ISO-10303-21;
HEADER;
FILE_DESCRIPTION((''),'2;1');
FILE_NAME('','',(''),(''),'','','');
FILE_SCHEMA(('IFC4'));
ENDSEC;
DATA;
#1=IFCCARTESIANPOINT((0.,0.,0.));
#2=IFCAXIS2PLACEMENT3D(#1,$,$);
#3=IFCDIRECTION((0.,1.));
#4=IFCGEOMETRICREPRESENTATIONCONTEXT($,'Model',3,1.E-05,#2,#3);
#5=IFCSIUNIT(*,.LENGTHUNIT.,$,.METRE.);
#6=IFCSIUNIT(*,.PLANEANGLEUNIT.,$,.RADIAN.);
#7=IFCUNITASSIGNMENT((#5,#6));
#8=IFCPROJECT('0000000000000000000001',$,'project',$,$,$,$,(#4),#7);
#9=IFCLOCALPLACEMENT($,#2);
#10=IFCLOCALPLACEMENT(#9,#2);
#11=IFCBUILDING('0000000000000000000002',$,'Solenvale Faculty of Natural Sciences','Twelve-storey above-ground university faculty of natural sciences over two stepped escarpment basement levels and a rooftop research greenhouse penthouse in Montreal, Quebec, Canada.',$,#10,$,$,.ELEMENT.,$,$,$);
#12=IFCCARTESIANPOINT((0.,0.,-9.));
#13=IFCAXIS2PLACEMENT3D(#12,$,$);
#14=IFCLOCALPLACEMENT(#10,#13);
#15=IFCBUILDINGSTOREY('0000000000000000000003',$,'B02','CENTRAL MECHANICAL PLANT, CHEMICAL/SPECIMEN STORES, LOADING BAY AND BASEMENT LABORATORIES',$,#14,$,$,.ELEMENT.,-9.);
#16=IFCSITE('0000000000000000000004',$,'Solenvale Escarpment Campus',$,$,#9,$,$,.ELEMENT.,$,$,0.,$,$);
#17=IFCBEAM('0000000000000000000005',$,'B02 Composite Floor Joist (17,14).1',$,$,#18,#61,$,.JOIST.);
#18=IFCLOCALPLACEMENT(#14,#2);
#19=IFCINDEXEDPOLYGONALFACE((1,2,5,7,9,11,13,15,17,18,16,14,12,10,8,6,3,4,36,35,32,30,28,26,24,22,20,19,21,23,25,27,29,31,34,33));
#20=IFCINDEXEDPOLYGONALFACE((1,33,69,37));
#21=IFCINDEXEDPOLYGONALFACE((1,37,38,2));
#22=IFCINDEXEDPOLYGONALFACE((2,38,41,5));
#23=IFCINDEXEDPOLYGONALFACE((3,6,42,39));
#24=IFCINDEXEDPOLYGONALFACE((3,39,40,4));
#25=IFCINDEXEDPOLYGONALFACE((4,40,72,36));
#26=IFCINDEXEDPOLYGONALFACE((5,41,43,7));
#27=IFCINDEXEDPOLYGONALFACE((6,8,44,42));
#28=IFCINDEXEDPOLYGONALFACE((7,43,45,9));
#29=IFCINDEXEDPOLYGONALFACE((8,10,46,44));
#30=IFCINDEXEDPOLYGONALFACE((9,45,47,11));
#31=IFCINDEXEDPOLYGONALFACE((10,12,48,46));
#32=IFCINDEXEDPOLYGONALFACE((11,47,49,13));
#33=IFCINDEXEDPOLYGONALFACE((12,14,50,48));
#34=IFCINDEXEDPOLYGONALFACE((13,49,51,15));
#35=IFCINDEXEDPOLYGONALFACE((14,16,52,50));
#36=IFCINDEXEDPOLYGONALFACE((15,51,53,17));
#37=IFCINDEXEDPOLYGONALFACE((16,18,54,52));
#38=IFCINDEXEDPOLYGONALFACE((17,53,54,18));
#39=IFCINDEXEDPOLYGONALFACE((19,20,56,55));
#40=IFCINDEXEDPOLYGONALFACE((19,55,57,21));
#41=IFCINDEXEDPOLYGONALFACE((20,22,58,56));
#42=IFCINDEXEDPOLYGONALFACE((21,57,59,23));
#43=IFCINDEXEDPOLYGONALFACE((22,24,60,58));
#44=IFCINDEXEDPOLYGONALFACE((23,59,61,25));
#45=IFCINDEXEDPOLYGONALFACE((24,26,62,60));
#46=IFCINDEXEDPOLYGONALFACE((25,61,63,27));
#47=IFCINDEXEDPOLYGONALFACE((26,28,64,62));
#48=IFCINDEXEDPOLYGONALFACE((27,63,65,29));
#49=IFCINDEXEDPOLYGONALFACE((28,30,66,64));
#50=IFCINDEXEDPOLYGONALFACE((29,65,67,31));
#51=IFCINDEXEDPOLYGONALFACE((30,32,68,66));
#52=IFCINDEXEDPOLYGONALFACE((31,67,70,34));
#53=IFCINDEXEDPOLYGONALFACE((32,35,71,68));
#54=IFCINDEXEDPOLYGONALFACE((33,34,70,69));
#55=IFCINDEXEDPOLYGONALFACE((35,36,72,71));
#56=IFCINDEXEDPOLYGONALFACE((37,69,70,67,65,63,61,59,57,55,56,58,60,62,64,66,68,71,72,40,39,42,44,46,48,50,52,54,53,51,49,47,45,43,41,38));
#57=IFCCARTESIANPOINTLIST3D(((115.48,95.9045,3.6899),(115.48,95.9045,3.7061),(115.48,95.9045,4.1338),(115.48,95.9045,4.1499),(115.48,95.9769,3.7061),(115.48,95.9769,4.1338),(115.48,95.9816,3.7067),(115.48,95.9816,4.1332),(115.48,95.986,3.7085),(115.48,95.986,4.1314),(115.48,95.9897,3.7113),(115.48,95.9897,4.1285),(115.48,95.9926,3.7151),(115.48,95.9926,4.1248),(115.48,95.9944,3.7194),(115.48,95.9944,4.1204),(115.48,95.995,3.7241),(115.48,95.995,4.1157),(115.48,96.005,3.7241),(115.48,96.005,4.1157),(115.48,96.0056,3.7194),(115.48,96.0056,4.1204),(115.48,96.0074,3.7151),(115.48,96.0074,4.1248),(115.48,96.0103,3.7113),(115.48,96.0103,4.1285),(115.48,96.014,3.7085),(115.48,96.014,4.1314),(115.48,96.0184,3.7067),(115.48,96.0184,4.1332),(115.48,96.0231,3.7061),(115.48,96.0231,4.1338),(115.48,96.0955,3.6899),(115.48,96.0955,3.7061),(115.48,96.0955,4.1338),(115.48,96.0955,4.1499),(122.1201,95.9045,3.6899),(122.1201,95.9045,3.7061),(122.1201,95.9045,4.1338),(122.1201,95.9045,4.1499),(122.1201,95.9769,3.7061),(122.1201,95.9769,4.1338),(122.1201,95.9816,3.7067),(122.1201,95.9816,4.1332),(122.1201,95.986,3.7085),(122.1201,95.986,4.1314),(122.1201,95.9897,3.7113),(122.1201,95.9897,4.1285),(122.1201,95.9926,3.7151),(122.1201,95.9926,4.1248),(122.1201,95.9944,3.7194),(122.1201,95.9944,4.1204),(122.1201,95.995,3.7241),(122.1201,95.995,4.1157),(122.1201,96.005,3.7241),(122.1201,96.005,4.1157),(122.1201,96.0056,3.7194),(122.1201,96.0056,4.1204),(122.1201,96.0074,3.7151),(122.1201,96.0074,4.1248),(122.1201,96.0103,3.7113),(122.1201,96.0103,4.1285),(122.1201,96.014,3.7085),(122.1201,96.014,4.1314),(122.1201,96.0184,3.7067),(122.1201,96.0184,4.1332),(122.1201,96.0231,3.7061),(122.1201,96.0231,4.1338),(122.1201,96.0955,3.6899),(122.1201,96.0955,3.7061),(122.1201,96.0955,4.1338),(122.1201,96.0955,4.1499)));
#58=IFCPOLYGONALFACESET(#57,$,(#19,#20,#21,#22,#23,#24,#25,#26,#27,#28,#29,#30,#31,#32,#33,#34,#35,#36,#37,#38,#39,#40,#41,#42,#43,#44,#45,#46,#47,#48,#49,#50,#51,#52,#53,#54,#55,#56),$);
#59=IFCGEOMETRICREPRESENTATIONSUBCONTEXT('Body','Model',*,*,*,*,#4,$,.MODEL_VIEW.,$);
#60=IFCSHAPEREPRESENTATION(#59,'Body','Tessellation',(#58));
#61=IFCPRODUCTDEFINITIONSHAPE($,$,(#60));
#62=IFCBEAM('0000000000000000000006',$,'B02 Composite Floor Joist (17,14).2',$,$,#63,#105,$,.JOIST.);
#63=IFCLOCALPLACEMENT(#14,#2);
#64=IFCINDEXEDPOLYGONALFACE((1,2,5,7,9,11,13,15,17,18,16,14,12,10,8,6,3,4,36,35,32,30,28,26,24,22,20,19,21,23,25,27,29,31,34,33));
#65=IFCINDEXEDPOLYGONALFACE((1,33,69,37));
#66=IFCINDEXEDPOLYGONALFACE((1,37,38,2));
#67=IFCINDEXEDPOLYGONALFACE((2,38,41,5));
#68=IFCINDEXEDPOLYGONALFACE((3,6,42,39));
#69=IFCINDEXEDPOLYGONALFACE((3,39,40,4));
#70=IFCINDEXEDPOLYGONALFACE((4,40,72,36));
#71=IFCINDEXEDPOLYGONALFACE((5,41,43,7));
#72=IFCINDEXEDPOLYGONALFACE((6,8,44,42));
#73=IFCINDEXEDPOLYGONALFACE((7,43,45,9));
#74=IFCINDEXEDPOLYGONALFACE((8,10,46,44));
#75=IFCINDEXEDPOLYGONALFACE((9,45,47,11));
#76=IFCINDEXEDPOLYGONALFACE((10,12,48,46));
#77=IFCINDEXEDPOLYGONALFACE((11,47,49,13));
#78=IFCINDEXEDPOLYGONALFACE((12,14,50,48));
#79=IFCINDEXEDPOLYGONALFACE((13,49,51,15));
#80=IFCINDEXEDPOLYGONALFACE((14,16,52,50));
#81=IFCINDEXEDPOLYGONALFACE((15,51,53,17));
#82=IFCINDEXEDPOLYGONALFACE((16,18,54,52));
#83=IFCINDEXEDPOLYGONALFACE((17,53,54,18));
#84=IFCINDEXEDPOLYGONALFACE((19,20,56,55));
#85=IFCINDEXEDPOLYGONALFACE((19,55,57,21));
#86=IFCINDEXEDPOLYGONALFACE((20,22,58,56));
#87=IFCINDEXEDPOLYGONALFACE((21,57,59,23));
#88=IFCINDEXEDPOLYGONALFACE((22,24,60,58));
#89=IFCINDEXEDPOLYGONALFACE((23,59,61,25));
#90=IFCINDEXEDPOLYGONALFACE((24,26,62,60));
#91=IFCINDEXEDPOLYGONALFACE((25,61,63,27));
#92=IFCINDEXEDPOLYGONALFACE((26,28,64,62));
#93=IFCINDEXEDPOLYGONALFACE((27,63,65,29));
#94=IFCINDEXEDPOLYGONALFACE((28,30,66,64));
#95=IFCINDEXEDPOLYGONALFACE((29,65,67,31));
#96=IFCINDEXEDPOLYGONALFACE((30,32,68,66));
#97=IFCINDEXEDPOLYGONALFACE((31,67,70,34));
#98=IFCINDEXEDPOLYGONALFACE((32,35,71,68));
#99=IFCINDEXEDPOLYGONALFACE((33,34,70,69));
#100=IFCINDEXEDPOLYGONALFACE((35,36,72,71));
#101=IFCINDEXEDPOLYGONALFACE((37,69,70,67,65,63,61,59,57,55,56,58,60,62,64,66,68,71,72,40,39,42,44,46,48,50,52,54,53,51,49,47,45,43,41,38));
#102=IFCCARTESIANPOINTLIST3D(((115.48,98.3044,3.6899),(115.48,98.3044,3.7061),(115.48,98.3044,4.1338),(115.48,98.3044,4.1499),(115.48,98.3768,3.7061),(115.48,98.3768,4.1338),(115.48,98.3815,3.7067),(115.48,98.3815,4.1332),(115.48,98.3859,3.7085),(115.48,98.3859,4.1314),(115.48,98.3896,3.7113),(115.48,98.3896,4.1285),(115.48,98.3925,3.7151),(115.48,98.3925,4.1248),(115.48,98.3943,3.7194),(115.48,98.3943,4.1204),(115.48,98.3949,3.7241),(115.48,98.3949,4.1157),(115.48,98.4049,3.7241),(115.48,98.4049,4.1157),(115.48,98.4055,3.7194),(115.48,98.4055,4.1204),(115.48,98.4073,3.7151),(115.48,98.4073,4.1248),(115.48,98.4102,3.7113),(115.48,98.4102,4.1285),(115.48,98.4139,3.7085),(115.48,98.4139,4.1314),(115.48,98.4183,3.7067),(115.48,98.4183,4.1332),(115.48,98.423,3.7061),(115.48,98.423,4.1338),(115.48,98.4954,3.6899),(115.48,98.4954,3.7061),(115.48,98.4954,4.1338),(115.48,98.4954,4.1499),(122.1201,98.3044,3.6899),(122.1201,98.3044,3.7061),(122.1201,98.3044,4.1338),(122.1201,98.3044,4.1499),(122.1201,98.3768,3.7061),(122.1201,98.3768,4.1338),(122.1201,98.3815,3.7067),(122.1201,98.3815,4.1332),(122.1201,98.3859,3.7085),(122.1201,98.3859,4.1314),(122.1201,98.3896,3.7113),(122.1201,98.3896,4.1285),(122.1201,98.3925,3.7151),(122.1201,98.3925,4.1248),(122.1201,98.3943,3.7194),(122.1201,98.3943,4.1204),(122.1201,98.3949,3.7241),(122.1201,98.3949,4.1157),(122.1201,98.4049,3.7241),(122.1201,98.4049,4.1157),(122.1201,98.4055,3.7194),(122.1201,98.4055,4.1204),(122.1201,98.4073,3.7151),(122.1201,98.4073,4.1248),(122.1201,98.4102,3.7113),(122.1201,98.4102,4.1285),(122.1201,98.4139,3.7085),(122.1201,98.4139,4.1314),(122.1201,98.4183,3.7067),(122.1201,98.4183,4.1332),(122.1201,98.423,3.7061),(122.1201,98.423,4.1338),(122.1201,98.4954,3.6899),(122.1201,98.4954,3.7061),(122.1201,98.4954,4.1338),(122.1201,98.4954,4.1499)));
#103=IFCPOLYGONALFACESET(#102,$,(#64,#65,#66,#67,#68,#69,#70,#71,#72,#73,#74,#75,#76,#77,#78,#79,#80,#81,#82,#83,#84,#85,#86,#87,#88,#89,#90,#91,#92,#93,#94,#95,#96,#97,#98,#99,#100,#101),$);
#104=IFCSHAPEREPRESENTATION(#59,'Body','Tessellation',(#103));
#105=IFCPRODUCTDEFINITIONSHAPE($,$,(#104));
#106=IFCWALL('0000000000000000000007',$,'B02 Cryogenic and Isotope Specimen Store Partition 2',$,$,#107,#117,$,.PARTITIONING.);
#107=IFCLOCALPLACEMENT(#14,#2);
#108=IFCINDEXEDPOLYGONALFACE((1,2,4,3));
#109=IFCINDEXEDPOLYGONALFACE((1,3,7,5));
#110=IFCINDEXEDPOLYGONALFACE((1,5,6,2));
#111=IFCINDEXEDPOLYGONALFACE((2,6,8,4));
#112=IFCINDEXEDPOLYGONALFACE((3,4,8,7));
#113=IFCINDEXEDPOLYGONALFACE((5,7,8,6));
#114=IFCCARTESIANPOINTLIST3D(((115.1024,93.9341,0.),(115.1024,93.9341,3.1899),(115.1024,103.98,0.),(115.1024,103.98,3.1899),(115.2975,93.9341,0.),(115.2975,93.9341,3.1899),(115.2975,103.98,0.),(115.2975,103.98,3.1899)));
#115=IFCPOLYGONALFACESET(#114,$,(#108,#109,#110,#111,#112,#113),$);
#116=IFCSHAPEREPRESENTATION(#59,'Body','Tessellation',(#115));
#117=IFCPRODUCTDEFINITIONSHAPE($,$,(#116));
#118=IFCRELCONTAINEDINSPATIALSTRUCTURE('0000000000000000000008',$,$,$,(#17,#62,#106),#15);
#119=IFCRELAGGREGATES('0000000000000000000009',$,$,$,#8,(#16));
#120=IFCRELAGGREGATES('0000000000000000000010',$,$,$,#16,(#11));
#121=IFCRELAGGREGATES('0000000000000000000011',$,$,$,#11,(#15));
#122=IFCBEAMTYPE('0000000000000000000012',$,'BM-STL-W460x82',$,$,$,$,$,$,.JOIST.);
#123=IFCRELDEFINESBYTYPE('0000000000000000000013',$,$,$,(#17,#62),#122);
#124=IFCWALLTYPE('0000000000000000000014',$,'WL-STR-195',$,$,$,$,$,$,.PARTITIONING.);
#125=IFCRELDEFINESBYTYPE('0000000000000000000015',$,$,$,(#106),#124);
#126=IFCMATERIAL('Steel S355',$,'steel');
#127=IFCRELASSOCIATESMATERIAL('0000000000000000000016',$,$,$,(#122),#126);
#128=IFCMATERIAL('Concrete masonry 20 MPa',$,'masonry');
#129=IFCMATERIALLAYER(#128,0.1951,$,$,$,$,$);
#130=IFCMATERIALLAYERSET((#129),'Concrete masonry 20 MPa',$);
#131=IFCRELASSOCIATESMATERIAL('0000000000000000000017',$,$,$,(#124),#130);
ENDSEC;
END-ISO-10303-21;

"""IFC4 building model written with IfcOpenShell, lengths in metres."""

from ifc_helpers import new_model, si_unit, direction, frame, frame_2d, origin, origin_2d, place, context, subcontext, project, spatial, rectangle, i_section, extrude, material, layer, layer_set, material_profile, profile_set, type_object, element, save


model = new_model("IFC4")

# Units and contexts
model_context = context("Model", 3, precision=1e-05, world=origin(), true_north=direction((0.0, 1.0)))
body_context = subcontext(model_context, "Body", "Model", "MODEL_VIEW")
ifc_project = project(units=[si_unit("LENGTHUNIT", "METRE"), si_unit("PLANEANGLEUNIT", "RADIAN")], contexts=[model_context])

# Site, building, storey
site_placement = place(None, origin())
site = spatial("IfcSite", under=ifc_project, at=site_placement, Name="Solenvale Escarpment Campus", CompositionType="ELEMENT", RefElevation=0.0)
building_placement = place(site_placement, origin())
building = spatial("IfcBuilding", under=site, at=building_placement, Name="Solenvale Faculty of Natural Sciences", Description="Twelve-storey above-ground university faculty of natural sciences over two stepped escarpment basement levels and a rooftop research greenhouse penthouse in Montreal, Quebec, Canada.", CompositionType="ELEMENT")
storey_placement = place(building_placement, frame((0.0, 0.0, -9.0)))
storey = spatial("IfcBuildingStorey", under=building, at=storey_placement, Name="B02", Description="CENTRAL MECHANICAL PLANT, CHEMICAL/SPECIMEN STORES, LOADING BAY AND BASEMENT LABORATORIES", CompositionType="ELEMENT", Elevation=-9.0)

# Beams
ifc_material_1 = material(Name="Steel S355", Category="steel")
ifc_material_profile_1 = material_profile(ifc_material_1, i_section(OverallWidth=0.1909, OverallDepth=0.46, WebThickness=0.01, FlangeThickness=0.0161, FilletRadius=0.0181, at=origin_2d()), Name="W460x82")
ifc_profile_set_1 = profile_set([ifc_material_profile_1], Name="Steel S355")
beam_type_1 = type_object("IfcBeamType", Name="BM-STL-W460x82", PredefinedType="JOIST", material=ifc_profile_set_1)
for number, where, z_axis, x_axis, name in (
    (1, (115.48, 96.0, 3.9199), (1.0, 0.0, 0.0), (0.0, 1.0, 0.0), "B02 Composite Floor Joist (17,14).1"),
    (2, (115.48, 98.3999, 3.9199), (1.0, 0.0, 0.0), (0.0, 1.0, 0.0), "B02 Composite Floor Joist (17,14).2"),
):
    element("IfcBeam", number, at=place(storey_placement, frame(where, z_axis=z_axis, x_axis=x_axis)), inside=storey, type_object=beam_type_1, Name=name, PredefinedType="JOIST", context=body_context, shape_type="SweptSolid", body=[
        extrude(i_section(OverallWidth=0.1909, OverallDepth=0.46, WebThickness=0.01, FlangeThickness=0.0161, FilletRadius=0.0181, at=origin_2d()), origin(), (0.0, 0.0, 1.0), 6.6401),
    ])

# Wall
ifc_material_2 = material(Name="Concrete masonry 20 MPa", Category="masonry")
ifc_layer = layer(ifc_material_2, 0.1951)
ifc_layer_set = layer_set([ifc_layer], Name="Concrete masonry 20 MPa")
wall_type = type_object("IfcWallType", Name="WL-STR-195", PredefinedType="PARTITIONING", material=ifc_layer_set)
wall_placement = place(storey_placement, frame((115.2, 93.9341, 0.0), z_axis=(0.0, 0.0, 1.0), x_axis=(0.0, 1.0, 0.0)))
element("IfcWall", 3, at=wall_placement, inside=storey, type_object=wall_type, Name="B02 Cryogenic and Isotope Specimen Store Partition 2", PredefinedType="PARTITIONING", context=body_context, shape_type="SweptSolid", body=[
    extrude(rectangle(XDim=10.0459, YDim=0.1951, at=frame_2d((5.0229, 0.0))), origin(), (0.0, 0.0, 1.0), 3.1899),
])

save(model, "model.ifc")
